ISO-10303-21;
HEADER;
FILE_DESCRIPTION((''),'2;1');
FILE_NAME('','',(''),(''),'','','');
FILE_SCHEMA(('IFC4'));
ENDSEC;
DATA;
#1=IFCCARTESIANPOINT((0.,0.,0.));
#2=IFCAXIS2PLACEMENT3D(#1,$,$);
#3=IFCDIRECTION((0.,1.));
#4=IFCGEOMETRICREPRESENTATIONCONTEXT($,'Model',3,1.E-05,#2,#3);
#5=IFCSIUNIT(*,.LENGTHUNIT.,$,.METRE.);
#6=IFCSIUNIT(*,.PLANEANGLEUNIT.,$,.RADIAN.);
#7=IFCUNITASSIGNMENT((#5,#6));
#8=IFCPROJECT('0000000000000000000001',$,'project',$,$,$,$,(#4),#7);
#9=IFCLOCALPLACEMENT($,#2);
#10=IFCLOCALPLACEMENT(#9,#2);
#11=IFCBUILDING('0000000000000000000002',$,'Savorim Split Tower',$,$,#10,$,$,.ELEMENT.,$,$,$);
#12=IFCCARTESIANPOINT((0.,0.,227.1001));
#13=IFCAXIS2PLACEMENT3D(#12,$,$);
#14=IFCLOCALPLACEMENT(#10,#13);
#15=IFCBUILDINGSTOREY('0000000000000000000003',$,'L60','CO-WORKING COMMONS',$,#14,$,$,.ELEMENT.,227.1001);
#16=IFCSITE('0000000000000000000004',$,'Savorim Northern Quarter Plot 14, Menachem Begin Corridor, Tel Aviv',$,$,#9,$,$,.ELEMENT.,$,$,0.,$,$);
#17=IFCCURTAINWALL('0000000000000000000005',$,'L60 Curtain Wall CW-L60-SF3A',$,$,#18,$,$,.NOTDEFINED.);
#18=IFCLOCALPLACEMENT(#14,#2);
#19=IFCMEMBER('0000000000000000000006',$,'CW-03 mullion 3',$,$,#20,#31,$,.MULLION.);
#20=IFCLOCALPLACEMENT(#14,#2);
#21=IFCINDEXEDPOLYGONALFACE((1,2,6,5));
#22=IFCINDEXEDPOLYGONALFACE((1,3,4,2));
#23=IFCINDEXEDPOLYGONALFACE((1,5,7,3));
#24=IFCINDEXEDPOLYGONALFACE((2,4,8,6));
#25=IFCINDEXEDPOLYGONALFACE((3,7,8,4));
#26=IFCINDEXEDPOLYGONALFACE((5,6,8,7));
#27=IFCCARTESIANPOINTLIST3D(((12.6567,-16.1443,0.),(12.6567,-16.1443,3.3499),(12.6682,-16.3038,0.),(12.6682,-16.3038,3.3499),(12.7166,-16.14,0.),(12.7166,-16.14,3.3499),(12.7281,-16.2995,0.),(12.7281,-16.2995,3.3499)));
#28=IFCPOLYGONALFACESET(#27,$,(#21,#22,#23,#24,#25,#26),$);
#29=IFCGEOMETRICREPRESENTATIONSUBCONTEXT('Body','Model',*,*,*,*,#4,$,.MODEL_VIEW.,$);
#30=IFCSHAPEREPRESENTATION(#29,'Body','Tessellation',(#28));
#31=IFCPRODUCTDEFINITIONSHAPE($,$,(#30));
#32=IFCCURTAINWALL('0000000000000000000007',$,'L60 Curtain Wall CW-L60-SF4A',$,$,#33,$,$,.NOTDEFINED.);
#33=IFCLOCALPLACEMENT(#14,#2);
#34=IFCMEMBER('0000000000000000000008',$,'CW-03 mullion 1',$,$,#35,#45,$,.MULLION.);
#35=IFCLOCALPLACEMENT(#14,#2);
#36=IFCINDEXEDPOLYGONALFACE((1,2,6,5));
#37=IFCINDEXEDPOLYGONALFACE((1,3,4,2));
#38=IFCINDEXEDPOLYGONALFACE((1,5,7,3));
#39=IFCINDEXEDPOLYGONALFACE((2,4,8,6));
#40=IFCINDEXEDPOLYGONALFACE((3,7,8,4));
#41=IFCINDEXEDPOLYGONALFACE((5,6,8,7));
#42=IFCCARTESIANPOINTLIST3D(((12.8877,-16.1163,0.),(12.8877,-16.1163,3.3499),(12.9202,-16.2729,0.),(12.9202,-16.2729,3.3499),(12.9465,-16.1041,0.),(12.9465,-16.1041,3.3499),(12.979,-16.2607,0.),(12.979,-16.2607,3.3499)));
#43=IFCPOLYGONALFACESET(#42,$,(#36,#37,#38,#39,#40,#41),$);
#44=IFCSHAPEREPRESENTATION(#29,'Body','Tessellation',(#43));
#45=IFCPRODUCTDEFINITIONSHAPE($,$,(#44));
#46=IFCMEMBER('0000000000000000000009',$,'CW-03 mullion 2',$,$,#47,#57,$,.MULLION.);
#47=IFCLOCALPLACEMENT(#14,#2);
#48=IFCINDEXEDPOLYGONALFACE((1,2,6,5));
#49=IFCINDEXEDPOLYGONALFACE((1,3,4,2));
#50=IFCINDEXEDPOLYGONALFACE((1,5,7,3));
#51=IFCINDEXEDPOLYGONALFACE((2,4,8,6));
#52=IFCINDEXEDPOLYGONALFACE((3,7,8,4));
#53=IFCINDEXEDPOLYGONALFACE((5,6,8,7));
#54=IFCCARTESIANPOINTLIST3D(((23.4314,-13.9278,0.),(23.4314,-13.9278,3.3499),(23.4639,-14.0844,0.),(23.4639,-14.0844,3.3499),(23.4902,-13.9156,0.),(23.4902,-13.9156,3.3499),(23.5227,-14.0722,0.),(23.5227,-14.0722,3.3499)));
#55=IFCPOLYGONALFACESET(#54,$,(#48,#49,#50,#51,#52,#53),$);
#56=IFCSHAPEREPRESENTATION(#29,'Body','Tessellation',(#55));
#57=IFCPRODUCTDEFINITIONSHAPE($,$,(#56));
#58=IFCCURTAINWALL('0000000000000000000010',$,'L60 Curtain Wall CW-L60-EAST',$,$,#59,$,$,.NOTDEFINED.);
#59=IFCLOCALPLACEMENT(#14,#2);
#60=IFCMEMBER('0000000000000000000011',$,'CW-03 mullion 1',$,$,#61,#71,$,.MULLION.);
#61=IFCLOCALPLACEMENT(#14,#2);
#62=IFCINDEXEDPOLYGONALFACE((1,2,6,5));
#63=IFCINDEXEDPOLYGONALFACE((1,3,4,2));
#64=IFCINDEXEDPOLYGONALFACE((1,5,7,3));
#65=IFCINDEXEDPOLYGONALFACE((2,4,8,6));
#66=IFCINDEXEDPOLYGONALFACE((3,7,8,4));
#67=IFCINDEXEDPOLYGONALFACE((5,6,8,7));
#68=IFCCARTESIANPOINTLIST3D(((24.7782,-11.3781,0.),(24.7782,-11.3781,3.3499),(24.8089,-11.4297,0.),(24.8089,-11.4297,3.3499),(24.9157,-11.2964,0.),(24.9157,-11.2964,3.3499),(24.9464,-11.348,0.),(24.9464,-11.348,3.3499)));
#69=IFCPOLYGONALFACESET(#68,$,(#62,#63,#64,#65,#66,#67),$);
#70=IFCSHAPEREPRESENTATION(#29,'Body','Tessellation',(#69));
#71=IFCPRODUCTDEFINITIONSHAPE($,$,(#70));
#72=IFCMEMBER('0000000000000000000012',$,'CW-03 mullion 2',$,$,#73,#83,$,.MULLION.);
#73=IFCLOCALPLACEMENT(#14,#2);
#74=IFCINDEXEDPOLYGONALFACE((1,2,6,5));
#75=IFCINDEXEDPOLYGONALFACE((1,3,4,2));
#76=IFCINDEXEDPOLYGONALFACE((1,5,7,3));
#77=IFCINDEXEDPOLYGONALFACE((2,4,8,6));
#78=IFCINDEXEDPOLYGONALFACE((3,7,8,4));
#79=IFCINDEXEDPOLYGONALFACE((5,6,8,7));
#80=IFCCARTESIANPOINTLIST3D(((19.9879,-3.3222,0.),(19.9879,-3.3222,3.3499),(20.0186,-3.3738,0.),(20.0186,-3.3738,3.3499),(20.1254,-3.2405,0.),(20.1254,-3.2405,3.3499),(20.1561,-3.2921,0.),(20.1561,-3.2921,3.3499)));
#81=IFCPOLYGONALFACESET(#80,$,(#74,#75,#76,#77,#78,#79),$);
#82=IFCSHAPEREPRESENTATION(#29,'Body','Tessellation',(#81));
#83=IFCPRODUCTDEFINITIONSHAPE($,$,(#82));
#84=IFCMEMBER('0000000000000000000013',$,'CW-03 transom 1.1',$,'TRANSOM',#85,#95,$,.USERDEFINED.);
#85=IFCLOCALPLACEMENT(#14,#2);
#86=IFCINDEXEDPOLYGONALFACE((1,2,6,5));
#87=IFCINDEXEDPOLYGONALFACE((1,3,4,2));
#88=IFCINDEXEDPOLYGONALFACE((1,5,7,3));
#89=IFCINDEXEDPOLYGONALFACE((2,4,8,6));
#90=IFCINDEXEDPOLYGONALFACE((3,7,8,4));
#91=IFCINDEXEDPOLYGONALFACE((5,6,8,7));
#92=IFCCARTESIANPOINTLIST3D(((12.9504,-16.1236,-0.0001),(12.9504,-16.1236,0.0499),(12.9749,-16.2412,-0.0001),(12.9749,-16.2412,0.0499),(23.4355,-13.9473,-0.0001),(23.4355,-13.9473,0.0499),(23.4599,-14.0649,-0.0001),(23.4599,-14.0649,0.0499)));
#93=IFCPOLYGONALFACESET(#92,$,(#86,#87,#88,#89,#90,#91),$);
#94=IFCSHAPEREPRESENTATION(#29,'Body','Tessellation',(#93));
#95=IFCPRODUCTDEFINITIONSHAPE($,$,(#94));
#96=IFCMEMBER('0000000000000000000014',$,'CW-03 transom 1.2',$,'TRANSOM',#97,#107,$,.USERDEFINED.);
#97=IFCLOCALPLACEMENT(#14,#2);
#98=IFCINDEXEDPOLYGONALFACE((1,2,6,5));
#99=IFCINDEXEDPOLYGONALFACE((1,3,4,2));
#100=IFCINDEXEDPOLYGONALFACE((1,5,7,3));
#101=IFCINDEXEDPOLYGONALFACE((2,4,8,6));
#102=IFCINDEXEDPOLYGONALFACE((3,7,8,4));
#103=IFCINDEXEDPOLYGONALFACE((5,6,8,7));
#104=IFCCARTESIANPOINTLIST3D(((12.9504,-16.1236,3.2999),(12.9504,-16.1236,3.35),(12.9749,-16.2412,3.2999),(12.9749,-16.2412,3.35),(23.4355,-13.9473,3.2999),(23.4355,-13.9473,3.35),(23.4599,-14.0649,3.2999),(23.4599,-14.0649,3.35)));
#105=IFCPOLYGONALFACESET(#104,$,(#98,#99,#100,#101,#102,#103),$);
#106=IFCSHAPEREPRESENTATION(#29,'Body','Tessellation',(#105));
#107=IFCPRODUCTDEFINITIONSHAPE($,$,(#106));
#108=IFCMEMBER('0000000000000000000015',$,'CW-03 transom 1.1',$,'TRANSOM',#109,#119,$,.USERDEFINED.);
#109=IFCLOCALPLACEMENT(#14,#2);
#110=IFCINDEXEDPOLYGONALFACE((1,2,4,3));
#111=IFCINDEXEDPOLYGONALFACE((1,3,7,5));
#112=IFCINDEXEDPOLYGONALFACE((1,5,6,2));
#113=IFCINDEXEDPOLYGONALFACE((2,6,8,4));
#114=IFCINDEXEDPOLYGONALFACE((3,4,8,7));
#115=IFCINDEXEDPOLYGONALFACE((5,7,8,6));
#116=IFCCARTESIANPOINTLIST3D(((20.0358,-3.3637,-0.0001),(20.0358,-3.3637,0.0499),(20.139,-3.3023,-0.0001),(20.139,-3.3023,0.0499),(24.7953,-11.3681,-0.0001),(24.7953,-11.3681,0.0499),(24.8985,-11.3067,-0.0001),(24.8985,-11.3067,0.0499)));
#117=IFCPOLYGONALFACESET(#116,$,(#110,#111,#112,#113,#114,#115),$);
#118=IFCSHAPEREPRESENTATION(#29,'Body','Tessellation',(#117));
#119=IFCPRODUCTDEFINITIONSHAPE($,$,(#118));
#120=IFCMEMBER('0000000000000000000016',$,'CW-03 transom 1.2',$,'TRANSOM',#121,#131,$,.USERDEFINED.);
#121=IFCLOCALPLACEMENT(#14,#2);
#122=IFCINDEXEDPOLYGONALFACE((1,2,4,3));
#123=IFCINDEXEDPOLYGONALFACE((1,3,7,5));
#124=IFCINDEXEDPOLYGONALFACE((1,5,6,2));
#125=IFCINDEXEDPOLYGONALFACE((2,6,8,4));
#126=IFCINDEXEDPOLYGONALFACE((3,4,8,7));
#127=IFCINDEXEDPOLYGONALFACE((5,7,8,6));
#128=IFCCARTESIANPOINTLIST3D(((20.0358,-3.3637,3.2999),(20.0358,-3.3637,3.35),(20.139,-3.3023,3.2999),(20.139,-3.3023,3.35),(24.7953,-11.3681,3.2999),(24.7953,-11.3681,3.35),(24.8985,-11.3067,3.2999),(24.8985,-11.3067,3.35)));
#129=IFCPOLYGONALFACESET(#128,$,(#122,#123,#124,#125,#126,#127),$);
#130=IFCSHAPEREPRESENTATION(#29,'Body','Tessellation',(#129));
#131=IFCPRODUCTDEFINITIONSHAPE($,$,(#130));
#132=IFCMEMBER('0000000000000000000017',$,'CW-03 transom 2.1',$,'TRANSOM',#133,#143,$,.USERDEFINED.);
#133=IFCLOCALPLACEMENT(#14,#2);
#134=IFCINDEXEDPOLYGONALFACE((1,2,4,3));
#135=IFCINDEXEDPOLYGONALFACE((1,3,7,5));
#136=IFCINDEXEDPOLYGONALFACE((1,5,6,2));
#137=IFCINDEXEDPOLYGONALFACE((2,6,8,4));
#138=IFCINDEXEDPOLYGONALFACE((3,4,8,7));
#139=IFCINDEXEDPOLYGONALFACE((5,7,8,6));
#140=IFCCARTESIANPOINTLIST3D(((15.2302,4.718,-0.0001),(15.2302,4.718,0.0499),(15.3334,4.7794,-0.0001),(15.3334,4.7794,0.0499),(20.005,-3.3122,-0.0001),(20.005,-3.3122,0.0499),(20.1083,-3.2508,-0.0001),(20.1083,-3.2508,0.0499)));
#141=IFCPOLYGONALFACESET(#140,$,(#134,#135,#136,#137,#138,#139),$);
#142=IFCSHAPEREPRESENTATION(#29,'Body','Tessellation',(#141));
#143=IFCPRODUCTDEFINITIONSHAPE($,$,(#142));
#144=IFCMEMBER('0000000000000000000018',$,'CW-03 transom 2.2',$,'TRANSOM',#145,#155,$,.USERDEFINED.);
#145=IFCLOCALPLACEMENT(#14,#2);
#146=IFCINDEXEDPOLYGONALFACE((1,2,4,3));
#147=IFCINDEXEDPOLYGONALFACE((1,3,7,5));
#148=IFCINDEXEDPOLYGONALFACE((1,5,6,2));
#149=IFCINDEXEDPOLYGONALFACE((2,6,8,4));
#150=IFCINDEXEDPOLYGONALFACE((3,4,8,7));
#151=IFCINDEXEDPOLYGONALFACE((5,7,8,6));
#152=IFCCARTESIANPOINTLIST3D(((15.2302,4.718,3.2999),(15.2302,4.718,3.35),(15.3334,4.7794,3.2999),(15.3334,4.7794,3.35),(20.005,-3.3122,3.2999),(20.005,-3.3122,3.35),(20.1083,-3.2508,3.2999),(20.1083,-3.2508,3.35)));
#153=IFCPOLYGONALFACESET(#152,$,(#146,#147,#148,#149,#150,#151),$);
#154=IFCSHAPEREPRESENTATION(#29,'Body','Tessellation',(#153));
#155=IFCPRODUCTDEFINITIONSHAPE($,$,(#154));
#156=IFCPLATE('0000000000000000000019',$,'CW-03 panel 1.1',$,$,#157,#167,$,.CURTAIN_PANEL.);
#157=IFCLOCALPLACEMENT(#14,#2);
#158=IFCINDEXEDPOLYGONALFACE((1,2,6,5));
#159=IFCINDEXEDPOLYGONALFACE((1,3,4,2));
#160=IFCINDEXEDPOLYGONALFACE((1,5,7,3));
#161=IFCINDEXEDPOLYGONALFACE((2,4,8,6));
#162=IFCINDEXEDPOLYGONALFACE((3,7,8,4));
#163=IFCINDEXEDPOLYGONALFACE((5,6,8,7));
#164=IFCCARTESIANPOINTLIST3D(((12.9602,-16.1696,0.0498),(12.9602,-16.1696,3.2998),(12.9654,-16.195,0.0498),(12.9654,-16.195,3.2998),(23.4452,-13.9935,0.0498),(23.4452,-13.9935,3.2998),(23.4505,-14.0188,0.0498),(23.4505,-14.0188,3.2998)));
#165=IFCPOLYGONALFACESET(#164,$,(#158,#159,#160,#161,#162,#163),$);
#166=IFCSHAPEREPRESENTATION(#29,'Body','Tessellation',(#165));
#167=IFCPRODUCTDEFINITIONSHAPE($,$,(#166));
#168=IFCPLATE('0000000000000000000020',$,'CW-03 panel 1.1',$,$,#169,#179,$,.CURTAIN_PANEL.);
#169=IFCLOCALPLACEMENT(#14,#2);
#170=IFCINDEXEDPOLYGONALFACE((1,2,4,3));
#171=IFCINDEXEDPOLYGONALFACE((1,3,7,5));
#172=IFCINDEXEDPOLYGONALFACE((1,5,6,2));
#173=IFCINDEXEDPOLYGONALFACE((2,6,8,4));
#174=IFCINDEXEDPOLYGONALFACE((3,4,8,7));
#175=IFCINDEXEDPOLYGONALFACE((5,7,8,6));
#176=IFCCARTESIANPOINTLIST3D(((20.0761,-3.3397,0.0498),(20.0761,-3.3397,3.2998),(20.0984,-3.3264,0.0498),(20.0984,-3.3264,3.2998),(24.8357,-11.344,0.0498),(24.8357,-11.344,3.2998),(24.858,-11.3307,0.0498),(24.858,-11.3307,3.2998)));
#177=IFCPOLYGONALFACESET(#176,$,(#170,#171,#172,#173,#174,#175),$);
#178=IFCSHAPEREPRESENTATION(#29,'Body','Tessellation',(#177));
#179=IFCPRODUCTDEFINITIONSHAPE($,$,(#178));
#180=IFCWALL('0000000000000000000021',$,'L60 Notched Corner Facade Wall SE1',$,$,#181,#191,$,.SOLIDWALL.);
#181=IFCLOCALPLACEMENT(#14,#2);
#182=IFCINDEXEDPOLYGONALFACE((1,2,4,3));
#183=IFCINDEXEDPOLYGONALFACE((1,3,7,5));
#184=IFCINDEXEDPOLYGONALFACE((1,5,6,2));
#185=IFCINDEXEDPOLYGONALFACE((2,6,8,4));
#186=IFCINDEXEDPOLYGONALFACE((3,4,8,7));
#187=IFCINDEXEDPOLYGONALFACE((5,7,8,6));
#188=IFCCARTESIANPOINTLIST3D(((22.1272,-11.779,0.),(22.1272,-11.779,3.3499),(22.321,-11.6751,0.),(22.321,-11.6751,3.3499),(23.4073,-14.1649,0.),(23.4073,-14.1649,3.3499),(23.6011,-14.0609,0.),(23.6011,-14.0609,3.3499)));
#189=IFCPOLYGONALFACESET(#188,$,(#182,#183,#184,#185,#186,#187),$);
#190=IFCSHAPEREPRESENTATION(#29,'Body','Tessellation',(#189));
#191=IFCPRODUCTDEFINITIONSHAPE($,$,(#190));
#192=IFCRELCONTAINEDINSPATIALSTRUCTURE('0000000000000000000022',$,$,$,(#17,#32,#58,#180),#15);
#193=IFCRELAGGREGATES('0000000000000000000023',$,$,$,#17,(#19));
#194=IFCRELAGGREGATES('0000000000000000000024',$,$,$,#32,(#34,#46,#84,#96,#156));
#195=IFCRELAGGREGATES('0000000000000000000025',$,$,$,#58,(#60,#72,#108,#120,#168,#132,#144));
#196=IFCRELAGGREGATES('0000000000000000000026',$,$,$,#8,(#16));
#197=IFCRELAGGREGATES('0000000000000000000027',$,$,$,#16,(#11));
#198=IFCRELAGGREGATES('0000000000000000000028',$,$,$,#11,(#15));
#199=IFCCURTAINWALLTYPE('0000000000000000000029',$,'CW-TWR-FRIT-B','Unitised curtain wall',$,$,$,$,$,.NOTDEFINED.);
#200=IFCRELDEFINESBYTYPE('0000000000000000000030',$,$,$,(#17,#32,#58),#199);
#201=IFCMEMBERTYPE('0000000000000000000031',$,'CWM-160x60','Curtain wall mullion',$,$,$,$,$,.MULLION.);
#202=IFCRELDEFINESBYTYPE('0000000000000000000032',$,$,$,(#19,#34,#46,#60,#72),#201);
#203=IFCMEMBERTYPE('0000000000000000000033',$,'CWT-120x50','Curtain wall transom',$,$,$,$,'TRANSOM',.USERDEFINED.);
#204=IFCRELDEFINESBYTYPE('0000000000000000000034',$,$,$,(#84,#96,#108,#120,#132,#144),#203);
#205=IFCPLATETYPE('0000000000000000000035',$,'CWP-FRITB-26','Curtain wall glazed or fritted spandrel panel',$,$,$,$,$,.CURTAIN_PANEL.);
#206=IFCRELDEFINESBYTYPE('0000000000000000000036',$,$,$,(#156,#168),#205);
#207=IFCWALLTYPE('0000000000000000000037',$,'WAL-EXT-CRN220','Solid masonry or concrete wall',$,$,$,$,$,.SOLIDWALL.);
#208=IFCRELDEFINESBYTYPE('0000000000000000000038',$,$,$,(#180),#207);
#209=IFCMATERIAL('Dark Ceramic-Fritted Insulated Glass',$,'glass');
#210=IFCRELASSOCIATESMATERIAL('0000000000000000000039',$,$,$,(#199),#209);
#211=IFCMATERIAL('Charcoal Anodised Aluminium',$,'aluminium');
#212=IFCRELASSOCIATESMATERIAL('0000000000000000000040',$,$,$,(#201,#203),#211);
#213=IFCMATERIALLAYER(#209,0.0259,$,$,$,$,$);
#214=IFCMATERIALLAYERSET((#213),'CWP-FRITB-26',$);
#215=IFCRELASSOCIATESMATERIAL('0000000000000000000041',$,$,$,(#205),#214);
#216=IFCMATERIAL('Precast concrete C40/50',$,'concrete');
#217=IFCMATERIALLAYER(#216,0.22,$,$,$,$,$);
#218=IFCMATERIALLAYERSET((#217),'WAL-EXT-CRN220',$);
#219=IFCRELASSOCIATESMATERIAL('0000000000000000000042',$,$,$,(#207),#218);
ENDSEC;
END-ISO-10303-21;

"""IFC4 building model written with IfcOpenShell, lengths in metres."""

from ifc_helpers import new_model, si_unit, direction, frame, frame_2d, origin, origin_2d, place, context, subcontext, project, spatial, rectangle, extrude, material, layer, layer_set, material_profile, profile_set, type_object, element, aggregate, save


model = new_model("IFC4")

# Units and contexts
model_context = context("Model", 3, precision=1e-05, world=origin(), true_north=direction((0.0, 1.0)))
body_context = subcontext(model_context, "Body", "Model", "MODEL_VIEW")
ifc_project = project(units=[si_unit("LENGTHUNIT", "METRE"), si_unit("PLANEANGLEUNIT", "RADIAN")], contexts=[model_context])

# Site, building, storey
site_placement = place(None, origin())
site = spatial("IfcSite", under=ifc_project, at=site_placement, Name="Savorim Northern Quarter Plot 14, Menachem Begin Corridor, Tel Aviv", CompositionType="ELEMENT", RefElevation=0.0)
building_placement = place(site_placement, origin())
building = spatial("IfcBuilding", under=site, at=building_placement, Name="Savorim Split Tower", CompositionType="ELEMENT")
storey_placement = place(building_placement, frame((0.0, 0.0, 227.1001)))
storey = spatial("IfcBuildingStorey", under=building, at=storey_placement, Name="L60", Description="CO-WORKING COMMONS", CompositionType="ELEMENT", Elevation=227.1001)

# Curtain wall, member
ifc_material_1 = material(Name="Dark Ceramic-Fritted Insulated Glass", Category="glass")
curtain_wall_type = type_object("IfcCurtainWallType", Name="CW-TWR-FRIT-B", Description="Unitised curtain wall", PredefinedType="NOTDEFINED", material=ifc_material_1)
curtain_wall_1_placement = place(storey_placement, origin())
curtain_wall_1 = element("IfcCurtainWall", 1, at=curtain_wall_1_placement, inside=storey, type_object=curtain_wall_type, Name="L60 Curtain Wall CW-L60-SF3A", PredefinedType="NOTDEFINED")
ifc_material_2 = material(Name="Charcoal Anodised Aluminium", Category="aluminium")
ifc_material_profile_1 = material_profile(ifc_material_2, rectangle(XDim=0.1599, YDim=0.0601, at=origin_2d()), Name="ALU-M 160x60")
ifc_profile_set_1 = profile_set([ifc_material_profile_1], Name="Charcoal Anodised Aluminium")
member_type_1 = type_object("IfcMemberType", Name="CWM-160x60", Description="Curtain wall mullion", PredefinedType="MULLION", material=ifc_profile_set_1)
member_1_placement = place(storey_placement, frame((12.6924, -16.2219, 0.0), z_axis=(0.0, 0.0, 1.0), x_axis=(-0.07156, 0.997436, 0.0)))
member_1 = element("IfcMember", 2, at=member_1_placement, type_object=member_type_1, Name="CW-03 mullion 3", PredefinedType="MULLION", context=body_context, shape_type="SweptSolid", body=[
    extrude(rectangle(XDim=0.1599, YDim=0.0601, at=origin_2d()), origin(), (0.0, 0.0, 1.0), 3.3499),
])
aggregate(curtain_wall_1, [member_1])

# Curtain walls, members
curtain_wall_2_placement = place(storey_placement, origin())
curtain_wall_2 = element("IfcCurtainWall", 3, at=curtain_wall_2_placement, inside=storey, type_object=curtain_wall_type, Name="L60 Curtain Wall CW-L60-SF4A", PredefinedType="NOTDEFINED")
member_2_placement = place(storey_placement, frame((12.9333, -16.1885, 0.0), z_axis=(0.0, 0.0, 1.0), x_axis=(-0.203215, 0.979134, 0.0)))
member_2 = element("IfcMember", 4, at=member_2_placement, type_object=member_type_1, Name="CW-03 mullion 1", PredefinedType="MULLION", context=body_context, shape_type="SweptSolid", body=[
    extrude(rectangle(XDim=0.1599, YDim=0.0601, at=origin_2d()), origin(), (0.0, 0.0, 1.0), 3.3499),
])
member_3_placement = place(storey_placement, frame((23.4771, -14.0, 0.0), z_axis=(0.0, 0.0, 1.0), x_axis=(-0.203215, 0.979134, 0.0)))
member_3 = element("IfcMember", 5, at=member_3_placement, type_object=member_type_1, Name="CW-03 mullion 2", PredefinedType="MULLION", context=body_context, shape_type="SweptSolid", body=[
    extrude(rectangle(XDim=0.1599, YDim=0.0601, at=origin_2d()), origin(), (0.0, 0.0, 1.0), 3.3499),
])
curtain_wall_3_placement = place(storey_placement, origin())
curtain_wall_3 = element("IfcCurtainWall", 6, at=curtain_wall_3_placement, inside=storey, type_object=curtain_wall_type, Name="L60 Curtain Wall CW-L60-EAST", PredefinedType="NOTDEFINED")
member_4_placement = place(storey_placement, frame((24.8623, -11.363, 0.0), z_axis=(0.0, 0.0, 1.0), x_axis=(-0.859524, -0.511096, 0.0)))
member_4 = element("IfcMember", 7, at=member_4_placement, type_object=member_type_1, Name="CW-03 mullion 1", PredefinedType="MULLION", context=body_context, shape_type="SweptSolid", body=[
    extrude(rectangle(XDim=0.1599, YDim=0.0601, at=origin_2d()), origin(), (0.0, 0.0, 1.0), 3.3499),
])
member_5_placement = place(storey_placement, frame((20.072, -3.3071, 0.0), z_axis=(0.0, 0.0, 1.0), x_axis=(-0.859524, -0.511096, 0.0)))
member_5 = element("IfcMember", 8, at=member_5_placement, type_object=member_type_1, Name="CW-03 mullion 2", PredefinedType="MULLION", context=body_context, shape_type="SweptSolid", body=[
    extrude(rectangle(XDim=0.1599, YDim=0.0601, at=origin_2d()), origin(), (0.0, 0.0, 1.0), 3.3499),
])

# Members
ifc_material_profile_2 = material_profile(ifc_material_2, rectangle(XDim=0.1201, YDim=0.05, at=origin_2d()), Name="ALU-T 120x50")
ifc_profile_set_2 = profile_set([ifc_material_profile_2], Name="Charcoal Anodised Aluminium")
member_type_2 = type_object("IfcMemberType", Name="CWT-120x50", Description="Curtain wall transom", ElementType="TRANSOM", PredefinedType="USERDEFINED", material=ifc_profile_set_2)
member_6_placement = place(storey_placement, frame((12.9626, -16.1824, 0.0249), z_axis=(0.979132, 0.203227, 0.0), x_axis=(-0.203227, 0.979132, 0.0)))
member_6 = element("IfcMember", 9, at=member_6_placement, type_object=member_type_2, Name="CW-03 transom 1.1", ObjectType="TRANSOM", PredefinedType="USERDEFINED", context=body_context, shape_type="SweptSolid", body=[
    extrude(rectangle(XDim=0.1201, YDim=0.05, at=origin_2d()), origin(), (0.0, 0.0, 1.0), 10.7085),
])
member_7_placement = place(storey_placement, frame((12.9626, -16.1824, 3.325), z_axis=(0.979132, 0.203227, 0.0), x_axis=(-0.203227, 0.979132, 0.0)))
member_7 = element("IfcMember", 10, at=member_7_placement, type_object=member_type_2, Name="CW-03 transom 1.2", ObjectType="TRANSOM", PredefinedType="USERDEFINED", context=body_context, shape_type="SweptSolid", body=[
    extrude(rectangle(XDim=0.1201, YDim=0.05, at=origin_2d()), origin(), (0.0, 0.0, 1.0), 10.7085),
])
member_8_placement = place(storey_placement, frame((24.8469, -11.3374, 0.0249), z_axis=(-0.511087, 0.859529, 0.0), x_axis=(-0.859529, -0.511087, 0.0)))
member_8 = element("IfcMember", 11, at=member_8_placement, type_object=member_type_2, Name="CW-03 transom 1.1", ObjectType="TRANSOM", PredefinedType="USERDEFINED", context=body_context, shape_type="SweptSolid", body=[
    extrude(rectangle(XDim=0.1201, YDim=0.05, at=origin_2d()), origin(), (0.0, 0.0, 1.0), 9.3125),
])
member_9_placement = place(storey_placement, frame((24.8469, -11.3374, 3.325), z_axis=(-0.511087, 0.859529, 0.0), x_axis=(-0.859529, -0.511087, 0.0)))
member_9 = element("IfcMember", 12, at=member_9_placement, type_object=member_type_2, Name="CW-03 transom 1.2", ObjectType="TRANSOM", PredefinedType="USERDEFINED", context=body_context, shape_type="SweptSolid", body=[
    extrude(rectangle(XDim=0.1201, YDim=0.05, at=origin_2d()), origin(), (0.0, 0.0, 1.0), 9.3125),
])
member_10_placement = place(storey_placement, frame((20.0566, -3.2815, 0.0249), z_axis=(-0.511087, 0.859529, 0.0), x_axis=(-0.859529, -0.511087, 0.0)))
member_10 = element("IfcMember", 13, at=member_10_placement, type_object=member_type_2, Name="CW-03 transom 2.1", ObjectType="TRANSOM", PredefinedType="USERDEFINED", context=body_context, shape_type="SweptSolid", body=[
    extrude(rectangle(XDim=0.1201, YDim=0.05, at=origin_2d()), origin(), (0.0, 0.0, 1.0), 9.3425),
])
member_11_placement = place(storey_placement, frame((20.0566, -3.2815, 3.325), z_axis=(-0.511087, 0.859529, 0.0), x_axis=(-0.859529, -0.511087, 0.0)))
member_11 = element("IfcMember", 14, at=member_11_placement, type_object=member_type_2, Name="CW-03 transom 2.2", ObjectType="TRANSOM", PredefinedType="USERDEFINED", context=body_context, shape_type="SweptSolid", body=[
    extrude(rectangle(XDim=0.1201, YDim=0.05, at=origin_2d()), origin(), (0.0, 0.0, 1.0), 9.3425),
])

# Plates
ifc_layer_1 = layer(ifc_material_1, 0.0259)
ifc_layer_set_1 = layer_set([ifc_layer_1], Name="CWP-FRITB-26")
plate_type = type_object("IfcPlateType", Name="CWP-FRITB-26", Description="Curtain wall glazed or fritted spandrel panel", PredefinedType="CURTAIN_PANEL", material=ifc_layer_set_1)
plate_1_placement = place(storey_placement, frame((18.2053, -15.0942, 0.0498), z_axis=(0.0, 0.0, 1.0), x_axis=(0.979134, 0.203215, 0.0)))
plate_1 = element("IfcPlate", 15, at=plate_1_placement, type_object=plate_type, Name="CW-03 panel 1.1", PredefinedType="CURTAIN_PANEL", context=body_context, shape_type="SweptSolid", body=[
    extrude(rectangle(XDim=10.7085, YDim=0.0259, at=origin_2d()), origin(), (0.0, 0.0, 1.0), 3.25),
])
aggregate(curtain_wall_2, [member_2, member_3, member_6, member_7, plate_1])
plate_2_placement = place(storey_placement, frame((22.467, -7.3352, 0.0498), z_axis=(0.0, 0.0, 1.0), x_axis=(-0.511096, 0.859524, 0.0)))
plate_2 = element("IfcPlate", 16, at=plate_2_placement, type_object=plate_type, Name="CW-03 panel 1.1", PredefinedType="CURTAIN_PANEL", context=body_context, shape_type="SweptSolid", body=[
    extrude(rectangle(XDim=9.3125, YDim=0.0259, at=origin_2d()), origin(), (0.0, 0.0, 1.0), 3.25),
])
aggregate(curtain_wall_3, [member_4, member_5, member_8, member_9, plate_2, member_10, member_11])

# Wall
ifc_material_3 = material(Name="Precast concrete C40/50", Category="concrete")
ifc_layer_2 = layer(ifc_material_3, 0.22)
ifc_layer_set_2 = layer_set([ifc_layer_2], Name="WAL-EXT-CRN220")
wall_type_1 = type_object("IfcWallType", Name="WAL-EXT-CRN220", Description="Solid masonry or concrete wall", PredefinedType="SOLIDWALL", material=ifc_layer_set_2)
wall_1_placement = place(storey_placement, frame((22.2241, -11.7271, 0.0), z_axis=(0.0, 0.0, 1.0), x_axis=(0.472782, -0.88118, 0.0)))
element("IfcWall", 17, at=wall_1_placement, inside=storey, type_object=wall_type_1, Name="L60 Notched Corner Facade Wall SE1", PredefinedType="SOLIDWALL", context=body_context, shape_type="SweptSolid", body=[
    extrude(rectangle(XDim=2.7075, YDim=0.22, at=frame_2d((1.3538, 0.0))), origin(), (0.0, 0.0, 1.0), 3.3499),
])

save(model, "model.ifc")
